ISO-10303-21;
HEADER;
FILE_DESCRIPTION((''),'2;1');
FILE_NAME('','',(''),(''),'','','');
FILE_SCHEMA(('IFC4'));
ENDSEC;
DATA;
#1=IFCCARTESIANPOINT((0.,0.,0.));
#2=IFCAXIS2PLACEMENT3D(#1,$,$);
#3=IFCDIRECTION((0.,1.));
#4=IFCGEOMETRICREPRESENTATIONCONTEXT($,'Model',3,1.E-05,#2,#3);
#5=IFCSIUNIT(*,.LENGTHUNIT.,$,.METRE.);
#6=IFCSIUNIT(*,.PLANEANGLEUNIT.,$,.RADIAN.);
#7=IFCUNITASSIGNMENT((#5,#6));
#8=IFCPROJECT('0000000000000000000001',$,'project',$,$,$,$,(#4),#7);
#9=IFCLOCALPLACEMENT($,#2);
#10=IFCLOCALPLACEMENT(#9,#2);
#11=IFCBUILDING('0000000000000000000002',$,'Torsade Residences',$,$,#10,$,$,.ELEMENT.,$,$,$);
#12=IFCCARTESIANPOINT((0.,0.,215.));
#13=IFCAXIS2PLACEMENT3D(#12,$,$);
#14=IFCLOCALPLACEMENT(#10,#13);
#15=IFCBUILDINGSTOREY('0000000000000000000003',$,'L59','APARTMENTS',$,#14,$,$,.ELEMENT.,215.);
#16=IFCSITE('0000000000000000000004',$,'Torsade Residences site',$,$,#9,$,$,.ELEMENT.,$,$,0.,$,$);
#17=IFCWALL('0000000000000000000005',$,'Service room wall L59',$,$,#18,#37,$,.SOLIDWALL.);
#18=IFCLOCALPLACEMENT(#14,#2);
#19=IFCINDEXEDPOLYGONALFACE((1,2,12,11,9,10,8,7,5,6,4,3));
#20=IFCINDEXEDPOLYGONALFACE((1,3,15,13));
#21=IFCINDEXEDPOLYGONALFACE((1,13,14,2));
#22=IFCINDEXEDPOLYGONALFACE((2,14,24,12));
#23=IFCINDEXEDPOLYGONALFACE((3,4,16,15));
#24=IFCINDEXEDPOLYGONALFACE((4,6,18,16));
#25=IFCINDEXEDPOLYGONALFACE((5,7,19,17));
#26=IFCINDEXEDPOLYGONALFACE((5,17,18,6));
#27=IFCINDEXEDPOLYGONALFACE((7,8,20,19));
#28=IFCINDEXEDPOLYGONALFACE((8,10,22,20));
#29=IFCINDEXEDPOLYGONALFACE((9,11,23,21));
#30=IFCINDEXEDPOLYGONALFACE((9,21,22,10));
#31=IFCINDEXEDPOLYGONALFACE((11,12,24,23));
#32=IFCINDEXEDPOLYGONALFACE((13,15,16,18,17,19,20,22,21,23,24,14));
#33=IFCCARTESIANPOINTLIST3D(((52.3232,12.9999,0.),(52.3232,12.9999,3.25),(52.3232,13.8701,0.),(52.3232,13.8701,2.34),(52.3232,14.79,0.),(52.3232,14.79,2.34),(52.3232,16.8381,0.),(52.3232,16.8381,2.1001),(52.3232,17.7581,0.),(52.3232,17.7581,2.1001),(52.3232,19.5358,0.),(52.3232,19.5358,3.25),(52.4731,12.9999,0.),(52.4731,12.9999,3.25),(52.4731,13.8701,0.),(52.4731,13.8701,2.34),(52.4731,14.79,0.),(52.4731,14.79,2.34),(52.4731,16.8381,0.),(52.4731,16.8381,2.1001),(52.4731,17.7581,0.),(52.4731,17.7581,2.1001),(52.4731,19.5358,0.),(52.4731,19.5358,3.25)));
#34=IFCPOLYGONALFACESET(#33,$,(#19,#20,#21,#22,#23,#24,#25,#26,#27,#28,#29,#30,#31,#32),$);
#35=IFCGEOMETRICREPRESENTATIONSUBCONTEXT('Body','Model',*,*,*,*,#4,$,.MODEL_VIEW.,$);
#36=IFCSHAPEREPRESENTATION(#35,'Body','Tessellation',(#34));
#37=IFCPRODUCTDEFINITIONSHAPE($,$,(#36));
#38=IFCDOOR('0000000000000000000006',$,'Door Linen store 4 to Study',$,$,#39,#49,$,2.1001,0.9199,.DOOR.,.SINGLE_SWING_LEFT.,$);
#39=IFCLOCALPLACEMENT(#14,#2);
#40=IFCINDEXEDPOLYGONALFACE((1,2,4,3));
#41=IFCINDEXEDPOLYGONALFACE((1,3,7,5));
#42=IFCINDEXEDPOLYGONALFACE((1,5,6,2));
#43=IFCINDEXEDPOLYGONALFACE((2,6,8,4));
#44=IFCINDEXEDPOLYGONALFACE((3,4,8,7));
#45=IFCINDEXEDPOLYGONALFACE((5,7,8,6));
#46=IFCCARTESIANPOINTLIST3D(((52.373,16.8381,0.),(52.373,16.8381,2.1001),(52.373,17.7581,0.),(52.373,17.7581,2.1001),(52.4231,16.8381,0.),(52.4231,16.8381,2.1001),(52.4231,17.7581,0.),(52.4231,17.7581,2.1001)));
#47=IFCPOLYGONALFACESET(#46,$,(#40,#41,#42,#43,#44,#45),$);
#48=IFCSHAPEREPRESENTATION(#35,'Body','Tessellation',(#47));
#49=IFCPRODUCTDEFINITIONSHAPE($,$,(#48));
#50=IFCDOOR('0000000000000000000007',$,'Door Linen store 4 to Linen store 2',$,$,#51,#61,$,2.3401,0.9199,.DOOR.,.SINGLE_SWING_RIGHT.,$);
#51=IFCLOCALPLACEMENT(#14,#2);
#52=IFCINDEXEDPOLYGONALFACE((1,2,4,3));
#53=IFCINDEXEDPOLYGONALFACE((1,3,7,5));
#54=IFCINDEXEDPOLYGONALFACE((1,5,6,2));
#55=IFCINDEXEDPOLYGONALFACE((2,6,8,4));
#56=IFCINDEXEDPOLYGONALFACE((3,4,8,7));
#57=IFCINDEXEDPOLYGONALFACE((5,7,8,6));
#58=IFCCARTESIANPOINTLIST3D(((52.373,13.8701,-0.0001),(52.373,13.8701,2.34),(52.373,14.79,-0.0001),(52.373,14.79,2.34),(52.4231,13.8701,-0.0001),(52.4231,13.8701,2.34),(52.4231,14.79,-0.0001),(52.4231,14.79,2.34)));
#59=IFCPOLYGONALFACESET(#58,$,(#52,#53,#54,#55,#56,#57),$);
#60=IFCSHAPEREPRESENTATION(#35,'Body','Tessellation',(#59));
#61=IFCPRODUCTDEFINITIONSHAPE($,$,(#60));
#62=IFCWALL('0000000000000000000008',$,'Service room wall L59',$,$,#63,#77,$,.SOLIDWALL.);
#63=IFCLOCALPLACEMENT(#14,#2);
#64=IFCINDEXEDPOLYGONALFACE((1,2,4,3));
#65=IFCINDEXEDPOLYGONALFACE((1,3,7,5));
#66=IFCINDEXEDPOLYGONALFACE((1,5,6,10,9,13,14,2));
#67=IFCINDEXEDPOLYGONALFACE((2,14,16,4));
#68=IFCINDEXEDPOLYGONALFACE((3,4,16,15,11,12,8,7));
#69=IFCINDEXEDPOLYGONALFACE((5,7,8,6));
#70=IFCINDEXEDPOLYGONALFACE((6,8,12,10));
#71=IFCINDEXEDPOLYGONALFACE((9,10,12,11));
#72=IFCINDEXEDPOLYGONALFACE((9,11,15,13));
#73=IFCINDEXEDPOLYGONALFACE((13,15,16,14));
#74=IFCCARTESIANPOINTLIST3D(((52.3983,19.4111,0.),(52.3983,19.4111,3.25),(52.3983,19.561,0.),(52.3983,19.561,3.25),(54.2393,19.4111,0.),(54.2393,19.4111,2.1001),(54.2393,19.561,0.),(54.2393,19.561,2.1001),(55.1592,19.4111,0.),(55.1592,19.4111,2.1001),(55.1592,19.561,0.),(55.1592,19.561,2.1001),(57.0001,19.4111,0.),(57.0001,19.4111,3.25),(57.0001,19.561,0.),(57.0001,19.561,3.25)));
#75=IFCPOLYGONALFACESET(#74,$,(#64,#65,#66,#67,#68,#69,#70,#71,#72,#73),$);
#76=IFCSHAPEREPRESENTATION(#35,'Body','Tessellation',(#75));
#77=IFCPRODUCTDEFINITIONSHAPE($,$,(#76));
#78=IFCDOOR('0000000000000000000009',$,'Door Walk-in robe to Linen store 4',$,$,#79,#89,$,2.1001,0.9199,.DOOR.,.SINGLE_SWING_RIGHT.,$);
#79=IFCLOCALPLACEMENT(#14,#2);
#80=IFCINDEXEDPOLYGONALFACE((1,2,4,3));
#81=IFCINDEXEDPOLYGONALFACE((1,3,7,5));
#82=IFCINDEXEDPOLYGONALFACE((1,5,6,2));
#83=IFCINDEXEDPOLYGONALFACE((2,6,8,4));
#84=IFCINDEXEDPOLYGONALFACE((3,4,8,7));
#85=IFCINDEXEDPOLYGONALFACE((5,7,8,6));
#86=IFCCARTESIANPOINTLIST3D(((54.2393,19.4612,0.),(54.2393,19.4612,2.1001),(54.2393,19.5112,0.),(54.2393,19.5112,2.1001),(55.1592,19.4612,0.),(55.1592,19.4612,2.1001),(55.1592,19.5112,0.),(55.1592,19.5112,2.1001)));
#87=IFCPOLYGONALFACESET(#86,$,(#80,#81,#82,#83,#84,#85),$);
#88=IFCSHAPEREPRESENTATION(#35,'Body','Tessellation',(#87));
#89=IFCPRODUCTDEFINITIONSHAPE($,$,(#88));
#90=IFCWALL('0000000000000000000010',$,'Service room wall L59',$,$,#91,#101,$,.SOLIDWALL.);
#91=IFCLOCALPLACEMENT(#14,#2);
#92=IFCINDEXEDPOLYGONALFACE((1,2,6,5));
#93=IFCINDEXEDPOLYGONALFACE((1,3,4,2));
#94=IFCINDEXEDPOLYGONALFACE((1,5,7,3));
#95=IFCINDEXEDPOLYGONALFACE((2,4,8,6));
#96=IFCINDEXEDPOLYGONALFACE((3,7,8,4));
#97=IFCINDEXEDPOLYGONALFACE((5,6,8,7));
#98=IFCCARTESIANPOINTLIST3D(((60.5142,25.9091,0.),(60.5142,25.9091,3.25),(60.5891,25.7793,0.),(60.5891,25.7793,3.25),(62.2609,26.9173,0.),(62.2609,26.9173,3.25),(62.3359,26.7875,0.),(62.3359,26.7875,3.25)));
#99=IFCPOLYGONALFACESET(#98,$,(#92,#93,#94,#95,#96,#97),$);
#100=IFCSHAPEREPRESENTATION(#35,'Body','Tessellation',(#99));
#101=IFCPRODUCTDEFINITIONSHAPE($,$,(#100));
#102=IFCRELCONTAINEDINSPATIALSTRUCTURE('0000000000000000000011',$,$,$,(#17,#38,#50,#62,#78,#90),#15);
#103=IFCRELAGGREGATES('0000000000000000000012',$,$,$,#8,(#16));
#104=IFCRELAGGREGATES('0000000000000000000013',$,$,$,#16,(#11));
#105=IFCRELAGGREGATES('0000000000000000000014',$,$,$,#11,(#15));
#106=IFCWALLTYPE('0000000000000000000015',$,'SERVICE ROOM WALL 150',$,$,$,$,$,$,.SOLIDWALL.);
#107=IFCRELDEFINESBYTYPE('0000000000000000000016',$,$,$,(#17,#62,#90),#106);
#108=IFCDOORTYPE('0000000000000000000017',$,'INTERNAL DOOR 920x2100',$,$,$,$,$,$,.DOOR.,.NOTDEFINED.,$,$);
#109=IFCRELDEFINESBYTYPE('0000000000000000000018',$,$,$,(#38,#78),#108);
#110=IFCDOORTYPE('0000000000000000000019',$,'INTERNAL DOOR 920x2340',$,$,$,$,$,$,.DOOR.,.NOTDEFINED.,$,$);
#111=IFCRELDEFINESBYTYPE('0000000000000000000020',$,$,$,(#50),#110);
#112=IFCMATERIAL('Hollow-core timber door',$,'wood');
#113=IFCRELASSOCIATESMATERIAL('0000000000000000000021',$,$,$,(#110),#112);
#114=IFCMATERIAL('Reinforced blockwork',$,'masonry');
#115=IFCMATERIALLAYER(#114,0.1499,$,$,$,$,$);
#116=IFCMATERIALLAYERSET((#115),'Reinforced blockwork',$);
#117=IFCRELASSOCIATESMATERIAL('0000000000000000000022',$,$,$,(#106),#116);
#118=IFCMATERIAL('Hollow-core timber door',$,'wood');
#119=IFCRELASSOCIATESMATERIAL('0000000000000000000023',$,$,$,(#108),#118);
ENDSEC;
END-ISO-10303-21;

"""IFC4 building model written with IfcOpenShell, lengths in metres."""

from ifc_helpers import new_model, si_unit, direction, frame, frame_2d, origin, place, context, subcontext, project, spatial, rectangle, extrude, material, layer, layer_set, type_object, element, fill, save


model = new_model("IFC4")

# Units and contexts
model_context = context("Model", 3, precision=1e-05, world=origin(), true_north=direction((0.0, 1.0)))
body_context = subcontext(model_context, "Body", "Model", "MODEL_VIEW")
ifc_project = project(units=[si_unit("LENGTHUNIT", "METRE"), si_unit("PLANEANGLEUNIT", "RADIAN")], contexts=[model_context])

# Site, building, storey
site_placement = place(None, origin())
site = spatial("IfcSite", under=ifc_project, at=site_placement, Name="Torsade Residences site", CompositionType="ELEMENT", RefElevation=0.0)
building_placement = place(site_placement, origin())
building = spatial("IfcBuilding", under=site, at=building_placement, Name="Torsade Residences", CompositionType="ELEMENT")
storey_placement = place(building_placement, frame((0.0, 0.0, 215.0)))
storey = spatial("IfcBuildingStorey", under=building, at=storey_placement, Name="L59", Description="APARTMENTS", CompositionType="ELEMENT", Elevation=215.0)

# Shared definitions
ifc_material_1 = material(Name="Hollow-core timber door", Category="wood")
door_type_1 = type_object("IfcDoorType", Name="INTERNAL DOOR 920x2340", OperationType="NOTDEFINED", PredefinedType="DOOR", material=ifc_material_1)

# Wall, openings, doors
ifc_material_2 = material(Name="Reinforced blockwork", Category="masonry")
ifc_layer_1 = layer(ifc_material_2, 0.1499)
ifc_layer_set_1 = layer_set([ifc_layer_1], Name="Reinforced blockwork")
wall_type_1 = type_object("IfcWallType", Name="SERVICE ROOM WALL 150", PredefinedType="SOLIDWALL", material=ifc_layer_set_1)
wall_1_placement = place(storey_placement, frame((52.3982, 19.5359, 0.0), z_axis=(0.0, 0.0, 1.0), x_axis=(0.0, -1.0, 0.0)))
wall_1 = element("IfcWall", 1, at=wall_1_placement, inside=storey, type_object=wall_type_1, Name="Service room wall L59", PredefinedType="SOLIDWALL", context=body_context, shape_type="SweptSolid", body=[
    extrude(rectangle(XDim=6.5359, YDim=0.1499, at=frame_2d((3.2681, 0.0))), origin(), (0.0, 0.0, 1.0), 3.25),
])
opening_1_placement = place(wall_1_placement, frame((1.7778, 0.0, 0.0)))
opening_1 = element("IfcOpeningElement", 2, at=opening_1_placement, cuts=wall_1, PredefinedType="OPENING", context=body_context, shape_type="SweptSolid", body=[
    extrude(rectangle(XDim=0.9199, YDim=2.1001, at=frame_2d((0.46, 1.05))), frame((0.0, 0.085, 0.0), z_axis=(0.0, -1.0, 0.0), x_axis=(1.0, 0.0, 0.0)), (0.0, 0.0, 1.0), 0.1699),
])
opening_2_placement = place(wall_1_placement, frame((4.7458, 0.0, 0.0)))
opening_2 = element("IfcOpeningElement", 3, at=opening_2_placement, cuts=wall_1, PredefinedType="OPENING", context=body_context, shape_type="SweptSolid", body=[
    extrude(rectangle(XDim=0.9199, YDim=2.3401, at=frame_2d((0.46, 1.1699))), frame((0.0, 0.085, 0.0), z_axis=(0.0, -1.0, 0.0), x_axis=(1.0, 0.0, 0.0)), (0.0, 0.0, 1.0), 0.1699),
])
ifc_material_3 = material(Name="Hollow-core timber door", Category="wood")
door_type_2 = type_object("IfcDoorType", Name="INTERNAL DOOR 920x2100", OperationType="NOTDEFINED", PredefinedType="DOOR", material=ifc_material_3)
door_1_placement = place(opening_1_placement, origin())
door_1 = element("IfcDoor", 4, at=door_1_placement, inside=storey, type_object=door_type_2, Name="Door Linen store 4 to Study", OperationType="SINGLE_SWING_LEFT", OverallHeight=2.1001, OverallWidth=0.9199, PredefinedType="DOOR", context=body_context, shape_type="SweptSolid", body=[
    extrude(rectangle(XDim=0.9199, YDim=2.1001, at=frame_2d((0.46, 1.05))), frame((0.0, 0.0249, 0.0), z_axis=(0.0, -1.0, 0.0), x_axis=(1.0, 0.0, 0.0)), (0.0, 0.0, 1.0), 0.05),
])
fill(opening_1, door_1)
door_2_placement = place(opening_2_placement, origin())
door_2 = element("IfcDoor", 5, at=door_2_placement, inside=storey, type_object=door_type_1, Name="Door Linen store 4 to Linen store 2", OperationType="SINGLE_SWING_RIGHT", OverallHeight=2.3401, OverallWidth=0.9199, PredefinedType="DOOR", context=body_context, shape_type="SweptSolid", body=[
    extrude(rectangle(XDim=0.9199, YDim=2.3401, at=frame_2d((0.46, 1.1699))), frame((0.0, 0.0249, 0.0), z_axis=(0.0, -1.0, 0.0), x_axis=(1.0, 0.0, 0.0)), (0.0, 0.0, 1.0), 0.05),
])
fill(opening_2, door_2)

# Wall, opening, door
wall_2_placement = place(storey_placement, frame((57.0, 19.4861, 0.0), z_axis=(0.0, 0.0, 1.0), x_axis=(-1.0, 0.0, 0.0)))
wall_2 = element("IfcWall", 6, at=wall_2_placement, inside=storey, type_object=wall_type_1, Name="Service room wall L59", PredefinedType="SOLIDWALL", context=body_context, shape_type="SweptSolid", body=[
    extrude(rectangle(XDim=4.6018, YDim=0.1499, at=frame_2d((2.3008, 0.0))), origin(), (0.0, 0.0, 1.0), 3.25),
])
opening_3_placement = place(wall_2_placement, frame((1.8408, 0.0, 0.0)))
opening_3 = element("IfcOpeningElement", 7, at=opening_3_placement, cuts=wall_2, PredefinedType="OPENING", context=body_context, shape_type="SweptSolid", body=[
    extrude(rectangle(XDim=0.9199, YDim=2.1001, at=frame_2d((0.46, 1.05))), frame((0.0, 0.085, 0.0), z_axis=(0.0, -1.0, 0.0), x_axis=(1.0, 0.0, 0.0)), (0.0, 0.0, 1.0), 0.1699),
])
door_3_placement = place(opening_3_placement, origin())
door_3 = element("IfcDoor", 8, at=door_3_placement, inside=storey, type_object=door_type_2, Name="Door Walk-in robe to Linen store 4", OperationType="SINGLE_SWING_RIGHT", OverallHeight=2.1001, OverallWidth=0.9199, PredefinedType="DOOR", context=body_context, shape_type="SweptSolid", body=[
    extrude(rectangle(XDim=0.9199, YDim=2.1001, at=frame_2d((0.46, 1.05))), frame((0.0, 0.0249, 0.0), z_axis=(0.0, -1.0, 0.0), x_axis=(1.0, 0.0, 0.0)), (0.0, 0.0, 1.0), 0.05),
])
fill(opening_3, door_3)

# Wall
wall_3_placement = place(storey_placement, frame((60.5518, 25.8442, 0.0), z_axis=(0.0, 0.0, 1.0), x_axis=(0.866075, 0.499915, 0.0)))
element("IfcWall", 9, at=wall_3_placement, inside=storey, type_object=wall_type_1, Name="Service room wall L59", PredefinedType="SOLIDWALL", context=body_context, shape_type="SweptSolid", body=[
    extrude(rectangle(XDim=2.0168, YDim=0.1499, at=frame_2d((1.0083, 0.0))), origin(), (0.0, 0.0, 1.0), 3.25),
])

save(model, "model.ifc")
